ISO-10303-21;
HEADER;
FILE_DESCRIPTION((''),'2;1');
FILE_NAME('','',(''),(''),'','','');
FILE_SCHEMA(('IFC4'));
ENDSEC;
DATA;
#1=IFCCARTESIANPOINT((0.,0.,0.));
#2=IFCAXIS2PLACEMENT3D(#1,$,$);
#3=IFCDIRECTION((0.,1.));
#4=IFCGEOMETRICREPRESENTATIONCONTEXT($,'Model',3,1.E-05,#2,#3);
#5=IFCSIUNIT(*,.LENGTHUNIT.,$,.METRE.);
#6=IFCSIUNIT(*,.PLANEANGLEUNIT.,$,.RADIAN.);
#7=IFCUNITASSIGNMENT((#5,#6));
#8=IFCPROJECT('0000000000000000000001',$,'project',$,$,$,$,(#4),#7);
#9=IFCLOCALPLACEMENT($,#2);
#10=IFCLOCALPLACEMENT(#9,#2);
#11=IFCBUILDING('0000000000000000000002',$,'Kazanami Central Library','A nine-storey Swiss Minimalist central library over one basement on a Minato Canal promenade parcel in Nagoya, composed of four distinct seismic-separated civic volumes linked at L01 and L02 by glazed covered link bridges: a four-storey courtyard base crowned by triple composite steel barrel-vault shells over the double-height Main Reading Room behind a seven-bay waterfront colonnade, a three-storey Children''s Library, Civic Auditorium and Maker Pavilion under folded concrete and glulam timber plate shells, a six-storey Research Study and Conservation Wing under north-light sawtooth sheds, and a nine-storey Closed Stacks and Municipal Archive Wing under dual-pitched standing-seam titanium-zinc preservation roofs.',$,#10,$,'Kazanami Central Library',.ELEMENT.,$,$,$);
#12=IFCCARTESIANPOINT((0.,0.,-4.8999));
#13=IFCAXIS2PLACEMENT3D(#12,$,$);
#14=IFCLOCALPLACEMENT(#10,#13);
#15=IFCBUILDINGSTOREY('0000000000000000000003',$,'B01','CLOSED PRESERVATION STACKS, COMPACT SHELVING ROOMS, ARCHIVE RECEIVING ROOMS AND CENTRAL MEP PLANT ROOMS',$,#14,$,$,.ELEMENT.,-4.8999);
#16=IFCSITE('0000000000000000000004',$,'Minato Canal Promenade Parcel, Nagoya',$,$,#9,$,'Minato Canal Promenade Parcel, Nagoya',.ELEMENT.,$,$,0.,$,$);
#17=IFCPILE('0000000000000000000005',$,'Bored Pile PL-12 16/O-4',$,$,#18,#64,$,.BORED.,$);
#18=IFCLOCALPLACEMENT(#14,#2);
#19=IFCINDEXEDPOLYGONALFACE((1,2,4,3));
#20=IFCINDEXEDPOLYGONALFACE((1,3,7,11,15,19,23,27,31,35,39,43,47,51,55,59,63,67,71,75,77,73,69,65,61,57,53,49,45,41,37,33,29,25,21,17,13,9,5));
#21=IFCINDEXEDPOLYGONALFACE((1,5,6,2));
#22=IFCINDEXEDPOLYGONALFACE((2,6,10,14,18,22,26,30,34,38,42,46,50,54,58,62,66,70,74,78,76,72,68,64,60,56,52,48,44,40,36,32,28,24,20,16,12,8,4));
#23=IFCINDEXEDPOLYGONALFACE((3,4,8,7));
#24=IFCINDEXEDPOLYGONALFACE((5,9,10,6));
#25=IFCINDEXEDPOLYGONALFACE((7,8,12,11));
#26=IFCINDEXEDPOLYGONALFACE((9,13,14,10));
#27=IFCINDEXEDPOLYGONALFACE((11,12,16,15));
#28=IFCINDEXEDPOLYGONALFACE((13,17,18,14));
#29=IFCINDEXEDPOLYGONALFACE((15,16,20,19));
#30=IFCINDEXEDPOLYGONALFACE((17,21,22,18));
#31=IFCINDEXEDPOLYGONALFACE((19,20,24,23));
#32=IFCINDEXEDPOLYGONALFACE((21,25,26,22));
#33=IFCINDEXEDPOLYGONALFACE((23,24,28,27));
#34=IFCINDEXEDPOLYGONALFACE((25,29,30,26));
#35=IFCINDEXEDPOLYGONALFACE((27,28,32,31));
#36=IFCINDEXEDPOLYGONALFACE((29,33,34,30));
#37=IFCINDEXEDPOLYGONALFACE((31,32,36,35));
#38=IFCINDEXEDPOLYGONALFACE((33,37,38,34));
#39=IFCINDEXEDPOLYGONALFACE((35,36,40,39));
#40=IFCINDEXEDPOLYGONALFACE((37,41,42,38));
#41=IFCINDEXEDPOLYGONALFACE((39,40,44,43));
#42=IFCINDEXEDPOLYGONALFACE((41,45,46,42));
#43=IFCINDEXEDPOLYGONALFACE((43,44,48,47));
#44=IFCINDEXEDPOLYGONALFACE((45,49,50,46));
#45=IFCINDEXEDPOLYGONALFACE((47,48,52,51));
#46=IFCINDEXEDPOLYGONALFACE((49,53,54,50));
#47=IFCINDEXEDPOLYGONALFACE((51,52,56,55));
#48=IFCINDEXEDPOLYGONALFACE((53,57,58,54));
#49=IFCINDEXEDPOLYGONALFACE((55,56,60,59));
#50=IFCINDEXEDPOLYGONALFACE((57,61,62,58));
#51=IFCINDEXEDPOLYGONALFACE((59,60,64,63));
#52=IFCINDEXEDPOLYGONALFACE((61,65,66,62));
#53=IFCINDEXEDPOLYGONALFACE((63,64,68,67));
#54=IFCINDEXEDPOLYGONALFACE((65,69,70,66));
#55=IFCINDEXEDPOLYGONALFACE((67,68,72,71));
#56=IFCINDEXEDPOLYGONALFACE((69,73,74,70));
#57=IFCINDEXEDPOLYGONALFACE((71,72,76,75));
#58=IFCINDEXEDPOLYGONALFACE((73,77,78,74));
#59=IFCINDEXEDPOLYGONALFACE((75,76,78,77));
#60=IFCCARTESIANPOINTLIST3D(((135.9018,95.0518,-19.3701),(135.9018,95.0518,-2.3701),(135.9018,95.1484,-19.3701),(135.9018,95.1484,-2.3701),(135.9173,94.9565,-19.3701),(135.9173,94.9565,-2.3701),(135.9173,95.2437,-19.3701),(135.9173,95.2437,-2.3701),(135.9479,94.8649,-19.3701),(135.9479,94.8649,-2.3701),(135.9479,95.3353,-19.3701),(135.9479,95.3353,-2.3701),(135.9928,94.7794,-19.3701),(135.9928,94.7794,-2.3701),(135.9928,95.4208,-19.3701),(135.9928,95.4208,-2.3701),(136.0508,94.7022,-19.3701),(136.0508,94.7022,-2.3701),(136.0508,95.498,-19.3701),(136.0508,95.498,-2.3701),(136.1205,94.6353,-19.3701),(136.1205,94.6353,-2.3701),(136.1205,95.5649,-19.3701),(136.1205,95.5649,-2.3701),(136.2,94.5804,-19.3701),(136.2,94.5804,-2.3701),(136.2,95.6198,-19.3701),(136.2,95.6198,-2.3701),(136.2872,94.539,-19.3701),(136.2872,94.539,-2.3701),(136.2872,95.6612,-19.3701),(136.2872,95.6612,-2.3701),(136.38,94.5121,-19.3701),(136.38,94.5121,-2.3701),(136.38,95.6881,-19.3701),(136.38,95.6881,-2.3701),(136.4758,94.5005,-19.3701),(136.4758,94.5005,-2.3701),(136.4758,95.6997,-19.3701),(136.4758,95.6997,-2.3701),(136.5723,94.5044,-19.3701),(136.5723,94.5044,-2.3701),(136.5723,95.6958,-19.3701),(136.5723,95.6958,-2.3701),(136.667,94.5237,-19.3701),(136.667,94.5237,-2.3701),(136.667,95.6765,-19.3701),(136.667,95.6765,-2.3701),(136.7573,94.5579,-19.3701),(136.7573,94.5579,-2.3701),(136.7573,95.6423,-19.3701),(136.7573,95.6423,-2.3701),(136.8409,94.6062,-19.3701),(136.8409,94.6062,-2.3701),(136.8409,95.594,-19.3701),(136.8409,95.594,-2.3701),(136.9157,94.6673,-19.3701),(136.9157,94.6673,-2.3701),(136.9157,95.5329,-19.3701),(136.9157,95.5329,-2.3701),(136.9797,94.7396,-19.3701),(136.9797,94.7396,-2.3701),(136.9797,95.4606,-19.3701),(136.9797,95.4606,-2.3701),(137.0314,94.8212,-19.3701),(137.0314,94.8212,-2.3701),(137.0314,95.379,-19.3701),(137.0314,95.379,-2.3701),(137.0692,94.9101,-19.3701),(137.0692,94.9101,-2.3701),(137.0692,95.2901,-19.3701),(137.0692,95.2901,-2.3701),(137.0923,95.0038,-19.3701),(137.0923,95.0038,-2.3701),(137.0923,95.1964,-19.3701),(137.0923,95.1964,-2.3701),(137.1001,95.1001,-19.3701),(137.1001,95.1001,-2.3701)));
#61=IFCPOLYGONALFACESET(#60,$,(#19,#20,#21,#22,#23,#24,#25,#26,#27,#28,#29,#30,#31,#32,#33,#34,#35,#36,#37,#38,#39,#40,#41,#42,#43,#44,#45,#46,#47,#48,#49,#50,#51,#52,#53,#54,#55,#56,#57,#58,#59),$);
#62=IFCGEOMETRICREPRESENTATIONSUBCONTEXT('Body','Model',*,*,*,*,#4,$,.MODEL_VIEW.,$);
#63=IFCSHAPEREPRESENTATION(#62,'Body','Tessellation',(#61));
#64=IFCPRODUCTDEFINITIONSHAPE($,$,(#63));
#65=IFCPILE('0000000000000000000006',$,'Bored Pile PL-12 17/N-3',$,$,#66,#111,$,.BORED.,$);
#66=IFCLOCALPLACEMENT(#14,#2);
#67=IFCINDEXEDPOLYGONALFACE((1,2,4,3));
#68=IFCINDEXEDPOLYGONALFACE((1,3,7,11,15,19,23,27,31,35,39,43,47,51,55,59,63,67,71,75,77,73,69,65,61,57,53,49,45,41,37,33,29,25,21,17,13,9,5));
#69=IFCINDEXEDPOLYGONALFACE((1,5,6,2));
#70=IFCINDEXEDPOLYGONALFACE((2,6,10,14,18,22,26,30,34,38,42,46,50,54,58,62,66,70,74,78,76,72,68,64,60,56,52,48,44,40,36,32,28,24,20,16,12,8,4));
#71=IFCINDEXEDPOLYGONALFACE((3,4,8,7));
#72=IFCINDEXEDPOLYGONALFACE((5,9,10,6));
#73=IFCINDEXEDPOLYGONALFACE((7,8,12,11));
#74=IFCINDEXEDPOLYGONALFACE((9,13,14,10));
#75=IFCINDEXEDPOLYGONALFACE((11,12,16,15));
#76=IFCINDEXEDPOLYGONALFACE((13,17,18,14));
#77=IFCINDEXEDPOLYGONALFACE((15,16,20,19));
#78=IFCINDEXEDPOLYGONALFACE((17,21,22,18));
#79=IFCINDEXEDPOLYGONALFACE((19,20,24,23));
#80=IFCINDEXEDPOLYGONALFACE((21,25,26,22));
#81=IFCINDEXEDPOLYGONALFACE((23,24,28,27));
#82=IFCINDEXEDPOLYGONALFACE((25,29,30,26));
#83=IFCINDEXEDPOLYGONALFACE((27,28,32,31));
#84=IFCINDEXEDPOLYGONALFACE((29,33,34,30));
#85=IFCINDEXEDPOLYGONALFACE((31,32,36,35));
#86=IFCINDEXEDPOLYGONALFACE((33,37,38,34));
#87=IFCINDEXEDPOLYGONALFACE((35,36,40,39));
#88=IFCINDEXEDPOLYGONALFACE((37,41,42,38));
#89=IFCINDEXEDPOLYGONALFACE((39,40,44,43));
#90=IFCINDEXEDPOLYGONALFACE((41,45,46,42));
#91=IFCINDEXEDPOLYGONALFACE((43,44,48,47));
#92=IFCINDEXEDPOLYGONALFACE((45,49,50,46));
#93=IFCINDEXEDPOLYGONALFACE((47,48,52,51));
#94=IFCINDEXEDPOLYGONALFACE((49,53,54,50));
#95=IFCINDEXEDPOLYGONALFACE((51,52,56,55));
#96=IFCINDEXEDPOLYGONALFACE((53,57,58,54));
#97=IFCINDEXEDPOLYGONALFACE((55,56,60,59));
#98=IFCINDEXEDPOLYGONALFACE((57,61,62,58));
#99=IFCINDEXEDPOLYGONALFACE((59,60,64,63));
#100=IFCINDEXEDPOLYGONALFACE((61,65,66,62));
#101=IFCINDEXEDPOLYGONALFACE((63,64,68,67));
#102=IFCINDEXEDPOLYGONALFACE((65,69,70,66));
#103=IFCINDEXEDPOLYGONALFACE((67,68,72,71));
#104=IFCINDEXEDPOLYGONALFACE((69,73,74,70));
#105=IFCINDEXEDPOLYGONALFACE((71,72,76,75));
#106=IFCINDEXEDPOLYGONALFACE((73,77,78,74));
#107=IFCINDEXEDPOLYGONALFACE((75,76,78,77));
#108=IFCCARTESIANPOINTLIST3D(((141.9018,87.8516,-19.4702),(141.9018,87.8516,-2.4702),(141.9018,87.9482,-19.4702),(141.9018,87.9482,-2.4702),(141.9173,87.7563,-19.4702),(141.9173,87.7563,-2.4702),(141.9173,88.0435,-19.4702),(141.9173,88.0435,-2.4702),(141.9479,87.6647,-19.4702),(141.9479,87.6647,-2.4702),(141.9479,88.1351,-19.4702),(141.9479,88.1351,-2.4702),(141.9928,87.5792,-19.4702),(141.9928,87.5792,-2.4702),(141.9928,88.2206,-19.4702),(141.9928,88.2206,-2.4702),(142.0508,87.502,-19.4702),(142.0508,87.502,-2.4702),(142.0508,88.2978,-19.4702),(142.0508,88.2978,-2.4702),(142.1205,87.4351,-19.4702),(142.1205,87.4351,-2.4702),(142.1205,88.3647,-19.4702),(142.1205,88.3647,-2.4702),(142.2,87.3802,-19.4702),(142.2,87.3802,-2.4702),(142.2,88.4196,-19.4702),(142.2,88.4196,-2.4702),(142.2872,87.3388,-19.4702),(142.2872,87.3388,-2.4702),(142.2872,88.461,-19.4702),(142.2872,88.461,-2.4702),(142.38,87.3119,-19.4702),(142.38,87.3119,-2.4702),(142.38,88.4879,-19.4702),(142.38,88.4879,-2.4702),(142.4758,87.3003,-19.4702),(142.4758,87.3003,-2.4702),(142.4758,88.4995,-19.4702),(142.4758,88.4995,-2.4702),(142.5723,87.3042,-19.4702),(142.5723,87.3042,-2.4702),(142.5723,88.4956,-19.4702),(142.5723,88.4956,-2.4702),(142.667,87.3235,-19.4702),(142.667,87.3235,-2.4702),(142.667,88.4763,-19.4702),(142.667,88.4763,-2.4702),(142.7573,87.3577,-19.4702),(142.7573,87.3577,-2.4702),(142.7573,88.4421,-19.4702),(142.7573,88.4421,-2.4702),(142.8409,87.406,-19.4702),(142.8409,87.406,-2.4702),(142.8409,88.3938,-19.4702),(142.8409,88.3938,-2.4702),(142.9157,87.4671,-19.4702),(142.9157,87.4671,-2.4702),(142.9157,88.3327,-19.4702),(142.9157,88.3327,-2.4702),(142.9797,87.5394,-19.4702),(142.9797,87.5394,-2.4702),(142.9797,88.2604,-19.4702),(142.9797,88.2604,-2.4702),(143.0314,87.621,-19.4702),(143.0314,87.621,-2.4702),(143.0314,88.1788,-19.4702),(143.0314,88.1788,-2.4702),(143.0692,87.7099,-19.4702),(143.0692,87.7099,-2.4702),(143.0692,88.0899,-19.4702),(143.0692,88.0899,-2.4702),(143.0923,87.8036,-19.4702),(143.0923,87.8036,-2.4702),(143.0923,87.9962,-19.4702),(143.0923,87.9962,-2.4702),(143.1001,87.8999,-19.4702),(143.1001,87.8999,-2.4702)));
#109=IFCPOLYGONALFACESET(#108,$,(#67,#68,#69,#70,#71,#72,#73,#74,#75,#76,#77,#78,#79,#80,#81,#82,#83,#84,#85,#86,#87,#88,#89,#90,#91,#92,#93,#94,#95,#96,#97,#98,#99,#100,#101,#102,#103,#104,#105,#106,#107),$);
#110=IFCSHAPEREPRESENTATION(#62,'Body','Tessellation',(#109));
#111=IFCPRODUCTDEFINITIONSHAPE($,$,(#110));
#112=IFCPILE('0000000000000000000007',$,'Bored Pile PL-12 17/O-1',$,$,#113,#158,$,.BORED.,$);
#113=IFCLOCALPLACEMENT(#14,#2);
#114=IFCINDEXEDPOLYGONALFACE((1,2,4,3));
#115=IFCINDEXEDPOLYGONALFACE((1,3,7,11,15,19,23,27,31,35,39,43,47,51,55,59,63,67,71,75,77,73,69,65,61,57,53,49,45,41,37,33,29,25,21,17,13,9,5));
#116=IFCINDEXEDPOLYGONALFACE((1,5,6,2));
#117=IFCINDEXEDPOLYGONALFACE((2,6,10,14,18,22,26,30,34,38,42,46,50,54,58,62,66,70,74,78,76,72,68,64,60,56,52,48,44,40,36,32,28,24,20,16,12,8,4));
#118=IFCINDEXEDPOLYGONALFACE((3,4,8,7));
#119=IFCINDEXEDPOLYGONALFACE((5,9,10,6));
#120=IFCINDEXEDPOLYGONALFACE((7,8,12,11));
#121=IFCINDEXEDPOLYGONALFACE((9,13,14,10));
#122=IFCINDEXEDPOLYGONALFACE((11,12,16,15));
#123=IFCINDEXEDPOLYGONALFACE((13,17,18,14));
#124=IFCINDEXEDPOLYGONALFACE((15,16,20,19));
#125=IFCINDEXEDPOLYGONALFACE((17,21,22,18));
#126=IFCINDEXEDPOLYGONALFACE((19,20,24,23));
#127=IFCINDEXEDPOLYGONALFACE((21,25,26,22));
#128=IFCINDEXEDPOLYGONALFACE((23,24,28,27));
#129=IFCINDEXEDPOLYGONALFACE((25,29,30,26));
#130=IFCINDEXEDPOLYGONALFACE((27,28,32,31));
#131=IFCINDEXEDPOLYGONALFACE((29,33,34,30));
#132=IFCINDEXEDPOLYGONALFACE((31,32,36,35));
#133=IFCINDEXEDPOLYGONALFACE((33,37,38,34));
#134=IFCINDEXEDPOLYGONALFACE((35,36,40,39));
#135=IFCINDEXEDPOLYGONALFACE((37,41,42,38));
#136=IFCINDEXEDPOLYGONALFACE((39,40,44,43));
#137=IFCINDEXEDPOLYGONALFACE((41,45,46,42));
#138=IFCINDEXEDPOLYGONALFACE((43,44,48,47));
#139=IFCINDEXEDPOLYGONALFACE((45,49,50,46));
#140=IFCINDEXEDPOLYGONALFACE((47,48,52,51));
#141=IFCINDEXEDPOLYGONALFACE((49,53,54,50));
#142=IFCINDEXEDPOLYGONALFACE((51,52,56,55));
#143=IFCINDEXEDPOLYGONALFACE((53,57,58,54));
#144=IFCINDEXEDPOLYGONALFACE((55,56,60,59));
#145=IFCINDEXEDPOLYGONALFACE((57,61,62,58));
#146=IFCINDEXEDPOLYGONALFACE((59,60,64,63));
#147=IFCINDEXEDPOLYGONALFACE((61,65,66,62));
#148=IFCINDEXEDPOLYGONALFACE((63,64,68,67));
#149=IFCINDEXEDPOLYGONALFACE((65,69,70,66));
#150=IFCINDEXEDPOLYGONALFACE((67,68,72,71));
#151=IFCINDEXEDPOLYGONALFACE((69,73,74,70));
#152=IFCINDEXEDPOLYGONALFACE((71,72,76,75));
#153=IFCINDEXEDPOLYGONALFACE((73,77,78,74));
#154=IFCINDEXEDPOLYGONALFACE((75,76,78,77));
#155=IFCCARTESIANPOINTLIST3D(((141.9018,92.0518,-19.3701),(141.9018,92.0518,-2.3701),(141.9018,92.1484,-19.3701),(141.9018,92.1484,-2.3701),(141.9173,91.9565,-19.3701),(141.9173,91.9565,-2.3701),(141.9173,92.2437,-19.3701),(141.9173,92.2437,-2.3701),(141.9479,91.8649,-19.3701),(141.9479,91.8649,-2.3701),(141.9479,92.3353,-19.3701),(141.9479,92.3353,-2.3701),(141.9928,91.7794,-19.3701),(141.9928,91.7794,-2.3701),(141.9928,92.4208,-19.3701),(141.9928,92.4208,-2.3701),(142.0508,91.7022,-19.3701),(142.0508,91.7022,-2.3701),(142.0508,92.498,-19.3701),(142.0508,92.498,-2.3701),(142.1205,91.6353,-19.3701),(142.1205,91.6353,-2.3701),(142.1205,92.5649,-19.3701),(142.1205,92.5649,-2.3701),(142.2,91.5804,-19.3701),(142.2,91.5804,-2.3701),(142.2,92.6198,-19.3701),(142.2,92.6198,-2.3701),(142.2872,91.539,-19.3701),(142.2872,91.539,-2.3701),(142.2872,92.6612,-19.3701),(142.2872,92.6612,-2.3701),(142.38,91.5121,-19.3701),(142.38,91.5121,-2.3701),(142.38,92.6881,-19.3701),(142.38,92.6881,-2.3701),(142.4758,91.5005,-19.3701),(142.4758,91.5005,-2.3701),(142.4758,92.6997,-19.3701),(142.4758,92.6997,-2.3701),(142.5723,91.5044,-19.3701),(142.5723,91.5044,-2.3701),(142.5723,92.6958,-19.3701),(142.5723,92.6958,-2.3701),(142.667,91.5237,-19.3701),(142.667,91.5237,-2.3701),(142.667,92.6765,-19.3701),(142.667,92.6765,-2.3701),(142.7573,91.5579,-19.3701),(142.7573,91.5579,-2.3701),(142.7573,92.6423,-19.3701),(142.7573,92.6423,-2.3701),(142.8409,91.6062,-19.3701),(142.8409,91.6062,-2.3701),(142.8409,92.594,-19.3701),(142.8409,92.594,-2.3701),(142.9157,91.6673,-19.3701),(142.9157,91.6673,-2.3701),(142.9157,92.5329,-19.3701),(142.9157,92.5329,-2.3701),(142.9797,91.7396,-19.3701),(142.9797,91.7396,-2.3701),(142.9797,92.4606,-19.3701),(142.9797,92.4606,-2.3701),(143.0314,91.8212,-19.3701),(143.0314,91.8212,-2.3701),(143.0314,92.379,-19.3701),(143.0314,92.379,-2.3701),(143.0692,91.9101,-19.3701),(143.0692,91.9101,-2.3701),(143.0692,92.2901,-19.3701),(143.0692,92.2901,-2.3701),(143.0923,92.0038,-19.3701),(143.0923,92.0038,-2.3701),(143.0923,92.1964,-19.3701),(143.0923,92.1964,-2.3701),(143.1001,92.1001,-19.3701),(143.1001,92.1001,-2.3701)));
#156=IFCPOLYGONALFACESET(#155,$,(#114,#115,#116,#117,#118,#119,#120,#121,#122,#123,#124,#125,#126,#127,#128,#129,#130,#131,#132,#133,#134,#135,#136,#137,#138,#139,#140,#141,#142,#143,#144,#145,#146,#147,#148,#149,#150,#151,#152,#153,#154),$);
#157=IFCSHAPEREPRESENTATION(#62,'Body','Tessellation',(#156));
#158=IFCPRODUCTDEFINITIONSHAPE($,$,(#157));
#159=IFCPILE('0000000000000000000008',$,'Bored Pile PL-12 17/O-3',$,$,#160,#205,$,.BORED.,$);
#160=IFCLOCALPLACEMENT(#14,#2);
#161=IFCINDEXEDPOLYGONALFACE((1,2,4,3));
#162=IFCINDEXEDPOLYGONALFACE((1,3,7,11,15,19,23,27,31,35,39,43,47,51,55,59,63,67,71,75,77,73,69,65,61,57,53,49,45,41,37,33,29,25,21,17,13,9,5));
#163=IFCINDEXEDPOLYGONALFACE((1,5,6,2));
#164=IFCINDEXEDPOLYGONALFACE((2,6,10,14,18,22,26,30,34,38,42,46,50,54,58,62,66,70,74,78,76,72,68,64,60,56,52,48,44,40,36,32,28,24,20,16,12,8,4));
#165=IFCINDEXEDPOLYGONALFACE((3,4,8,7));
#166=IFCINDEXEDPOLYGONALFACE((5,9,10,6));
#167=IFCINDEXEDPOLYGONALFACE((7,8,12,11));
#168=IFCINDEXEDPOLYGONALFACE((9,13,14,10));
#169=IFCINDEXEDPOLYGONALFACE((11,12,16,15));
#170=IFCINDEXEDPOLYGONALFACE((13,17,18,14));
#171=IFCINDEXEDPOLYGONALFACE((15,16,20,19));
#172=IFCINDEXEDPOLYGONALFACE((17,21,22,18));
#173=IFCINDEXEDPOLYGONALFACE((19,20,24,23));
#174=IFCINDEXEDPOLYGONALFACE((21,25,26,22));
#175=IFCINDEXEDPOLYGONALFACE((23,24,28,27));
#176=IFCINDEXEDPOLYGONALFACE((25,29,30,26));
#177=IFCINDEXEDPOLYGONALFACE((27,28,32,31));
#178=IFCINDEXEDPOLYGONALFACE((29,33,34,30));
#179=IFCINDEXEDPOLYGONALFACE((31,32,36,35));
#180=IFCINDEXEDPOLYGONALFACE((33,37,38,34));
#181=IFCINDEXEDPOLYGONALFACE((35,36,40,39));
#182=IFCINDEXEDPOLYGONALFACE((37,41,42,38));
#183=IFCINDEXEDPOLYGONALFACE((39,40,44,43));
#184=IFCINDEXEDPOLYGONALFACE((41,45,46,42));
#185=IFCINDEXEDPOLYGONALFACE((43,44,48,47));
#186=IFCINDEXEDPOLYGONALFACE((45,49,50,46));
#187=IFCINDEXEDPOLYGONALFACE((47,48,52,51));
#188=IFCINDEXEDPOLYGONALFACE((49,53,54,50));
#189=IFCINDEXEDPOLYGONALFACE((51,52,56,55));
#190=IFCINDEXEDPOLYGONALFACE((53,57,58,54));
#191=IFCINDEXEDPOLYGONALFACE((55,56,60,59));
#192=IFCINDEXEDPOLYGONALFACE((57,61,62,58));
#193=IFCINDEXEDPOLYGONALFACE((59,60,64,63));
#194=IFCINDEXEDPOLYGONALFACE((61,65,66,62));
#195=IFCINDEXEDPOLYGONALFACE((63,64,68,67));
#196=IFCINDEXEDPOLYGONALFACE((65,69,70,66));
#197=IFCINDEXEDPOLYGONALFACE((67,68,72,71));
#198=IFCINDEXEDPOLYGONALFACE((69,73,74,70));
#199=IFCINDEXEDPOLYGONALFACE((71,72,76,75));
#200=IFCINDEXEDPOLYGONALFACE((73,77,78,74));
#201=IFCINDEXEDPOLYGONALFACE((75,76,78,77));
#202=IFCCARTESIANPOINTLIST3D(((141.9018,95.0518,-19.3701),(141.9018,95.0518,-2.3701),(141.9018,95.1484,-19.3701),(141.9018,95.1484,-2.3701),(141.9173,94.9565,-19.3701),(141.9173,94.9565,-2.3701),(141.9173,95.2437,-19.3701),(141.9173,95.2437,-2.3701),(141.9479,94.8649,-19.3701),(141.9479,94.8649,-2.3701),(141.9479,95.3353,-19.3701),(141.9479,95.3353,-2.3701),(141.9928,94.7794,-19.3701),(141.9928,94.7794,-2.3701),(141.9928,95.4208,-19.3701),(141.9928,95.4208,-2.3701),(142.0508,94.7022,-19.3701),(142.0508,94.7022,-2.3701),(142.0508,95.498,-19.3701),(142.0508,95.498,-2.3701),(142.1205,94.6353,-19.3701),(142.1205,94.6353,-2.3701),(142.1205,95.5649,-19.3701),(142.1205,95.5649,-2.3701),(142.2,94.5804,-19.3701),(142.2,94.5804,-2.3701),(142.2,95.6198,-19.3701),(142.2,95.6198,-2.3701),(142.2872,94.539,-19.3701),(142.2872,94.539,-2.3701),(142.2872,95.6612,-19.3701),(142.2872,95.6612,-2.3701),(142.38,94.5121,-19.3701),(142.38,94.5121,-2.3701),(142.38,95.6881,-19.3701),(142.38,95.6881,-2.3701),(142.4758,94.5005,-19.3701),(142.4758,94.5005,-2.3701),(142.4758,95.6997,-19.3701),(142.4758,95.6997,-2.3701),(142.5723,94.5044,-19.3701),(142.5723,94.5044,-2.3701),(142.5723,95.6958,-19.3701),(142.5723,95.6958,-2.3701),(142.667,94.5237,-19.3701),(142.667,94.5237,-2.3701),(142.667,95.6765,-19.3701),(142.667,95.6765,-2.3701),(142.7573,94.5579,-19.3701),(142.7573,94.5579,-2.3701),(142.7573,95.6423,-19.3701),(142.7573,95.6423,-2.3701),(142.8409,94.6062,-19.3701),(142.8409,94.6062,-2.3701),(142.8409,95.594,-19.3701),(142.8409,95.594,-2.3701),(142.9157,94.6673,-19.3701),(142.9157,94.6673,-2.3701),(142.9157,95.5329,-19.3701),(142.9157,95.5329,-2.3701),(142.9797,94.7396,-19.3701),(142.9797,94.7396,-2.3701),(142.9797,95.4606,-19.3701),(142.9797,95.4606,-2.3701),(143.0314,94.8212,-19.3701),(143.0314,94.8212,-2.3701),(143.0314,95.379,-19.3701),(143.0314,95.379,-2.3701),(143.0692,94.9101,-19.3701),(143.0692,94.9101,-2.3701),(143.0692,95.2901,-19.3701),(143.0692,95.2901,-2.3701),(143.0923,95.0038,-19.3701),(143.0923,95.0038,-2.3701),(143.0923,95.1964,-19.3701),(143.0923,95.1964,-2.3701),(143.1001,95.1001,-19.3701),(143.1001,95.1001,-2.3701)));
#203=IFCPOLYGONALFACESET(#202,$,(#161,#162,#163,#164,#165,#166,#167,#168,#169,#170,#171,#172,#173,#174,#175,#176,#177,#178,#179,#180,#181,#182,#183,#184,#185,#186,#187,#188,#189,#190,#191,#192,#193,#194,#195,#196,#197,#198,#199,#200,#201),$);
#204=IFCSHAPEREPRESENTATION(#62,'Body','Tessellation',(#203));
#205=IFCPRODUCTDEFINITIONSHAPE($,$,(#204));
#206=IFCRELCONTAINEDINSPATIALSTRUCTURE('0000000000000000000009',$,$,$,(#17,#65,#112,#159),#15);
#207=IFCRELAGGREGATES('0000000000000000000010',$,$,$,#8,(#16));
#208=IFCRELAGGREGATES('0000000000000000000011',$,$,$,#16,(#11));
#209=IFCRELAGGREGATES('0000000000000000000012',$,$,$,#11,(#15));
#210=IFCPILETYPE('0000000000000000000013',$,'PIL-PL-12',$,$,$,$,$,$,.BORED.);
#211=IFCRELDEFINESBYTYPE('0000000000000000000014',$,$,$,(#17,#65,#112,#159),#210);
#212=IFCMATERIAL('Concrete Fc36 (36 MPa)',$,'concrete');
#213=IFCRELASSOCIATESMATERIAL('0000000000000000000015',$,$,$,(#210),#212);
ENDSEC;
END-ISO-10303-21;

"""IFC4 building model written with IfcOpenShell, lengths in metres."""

from ifc_helpers import new_model, si_unit, direction, frame, origin, origin_2d, place, context, subcontext, project, spatial, circle, extrude, material, material_profile, profile_set, type_object, element, save


model = new_model("IFC4")

# Units and contexts
model_context = context("Model", 3, precision=1e-05, world=origin(), true_north=direction((0.0, 1.0)))
body_context = subcontext(model_context, "Body", "Model", "MODEL_VIEW")
ifc_project = project(units=[si_unit("LENGTHUNIT", "METRE"), si_unit("PLANEANGLEUNIT", "RADIAN")], contexts=[model_context])

# Site, building, storey
site_placement = place(None, origin())
site = spatial("IfcSite", under=ifc_project, at=site_placement, Name="Minato Canal Promenade Parcel, Nagoya", LongName="Minato Canal Promenade Parcel, Nagoya", CompositionType="ELEMENT", RefElevation=0.0)
building_placement = place(site_placement, origin())
building = spatial("IfcBuilding", under=site, at=building_placement, Name="Kazanami Central Library", Description="A nine-storey Swiss Minimalist central library over one basement on a Minato Canal promenade parcel in Nagoya, composed of four distinct seismic-separated civic volumes linked at L01 and L02 by glazed covered link bridges: a four-storey courtyard base crowned by triple composite steel barrel-vault shells over the double-height Main Reading Room behind a seven-bay waterfront colonnade, a three-storey Children's Library, Civic Auditorium and Maker Pavilion under folded concrete and glulam timber plate shells, a six-storey Research Study and Conservation Wing under north-light sawtooth sheds, and a nine-storey Closed Stacks and Municipal Archive Wing under dual-pitched standing-seam titanium-zinc preservation roofs.", LongName="Kazanami Central Library", CompositionType="ELEMENT")
storey_placement = place(building_placement, frame((0.0, 0.0, -4.8999)))
storey = spatial("IfcBuildingStorey", under=building, at=storey_placement, Name="B01", Description="CLOSED PRESERVATION STACKS, COMPACT SHELVING ROOMS, ARCHIVE RECEIVING ROOMS AND CENTRAL MEP PLANT ROOMS", CompositionType="ELEMENT", Elevation=-4.8999)

# Shared definitions
ifc_material_1 = material(Name="Concrete Fc36 (36 MPa)", Category="concrete")

# Piles
ifc_material_profile_1 = material_profile(ifc_material_1, circle(Radius=0.6001, at=origin_2d()), Name="BORED-D1200")
ifc_profile_set_1 = profile_set([ifc_material_profile_1], Name="Concrete Fc36 (36 MPa)")
pile_type = type_object("IfcPileType", Name="PIL-PL-12", PredefinedType="BORED", material=ifc_profile_set_1)
for number, where, z_axis, x_axis, name in (
    (1, (136.5, 95.1001, -2.3701), (0.0, 0.0, -1.0), (1.0, 0.0, 0.0), "Bored Pile PL-12 16/O-4"),
    (2, (142.5, 87.8999, -2.4702), (0.0, 0.0, -1.0), (1.0, 0.0, 0.0), "Bored Pile PL-12 17/N-3"),
    (3, (142.5, 92.1001, -2.3701), (0.0, 0.0, -1.0), (1.0, 0.0, 0.0), "Bored Pile PL-12 17/O-1"),
    (4, (142.5, 95.1001, -2.3701), (0.0, 0.0, -1.0), (1.0, 0.0, 0.0), "Bored Pile PL-12 17/O-3"),
):
    element("IfcPile", number, at=place(storey_placement, frame(where, z_axis=z_axis, x_axis=x_axis)), inside=storey, type_object=pile_type, Name=name, PredefinedType="BORED", context=body_context, shape_type="SweptSolid", body=[
        extrude(circle(Radius=0.6001, at=origin_2d()), origin(), (0.0, 0.0, 1.0), 17.0),
    ])

save(model, "model.ifc")
